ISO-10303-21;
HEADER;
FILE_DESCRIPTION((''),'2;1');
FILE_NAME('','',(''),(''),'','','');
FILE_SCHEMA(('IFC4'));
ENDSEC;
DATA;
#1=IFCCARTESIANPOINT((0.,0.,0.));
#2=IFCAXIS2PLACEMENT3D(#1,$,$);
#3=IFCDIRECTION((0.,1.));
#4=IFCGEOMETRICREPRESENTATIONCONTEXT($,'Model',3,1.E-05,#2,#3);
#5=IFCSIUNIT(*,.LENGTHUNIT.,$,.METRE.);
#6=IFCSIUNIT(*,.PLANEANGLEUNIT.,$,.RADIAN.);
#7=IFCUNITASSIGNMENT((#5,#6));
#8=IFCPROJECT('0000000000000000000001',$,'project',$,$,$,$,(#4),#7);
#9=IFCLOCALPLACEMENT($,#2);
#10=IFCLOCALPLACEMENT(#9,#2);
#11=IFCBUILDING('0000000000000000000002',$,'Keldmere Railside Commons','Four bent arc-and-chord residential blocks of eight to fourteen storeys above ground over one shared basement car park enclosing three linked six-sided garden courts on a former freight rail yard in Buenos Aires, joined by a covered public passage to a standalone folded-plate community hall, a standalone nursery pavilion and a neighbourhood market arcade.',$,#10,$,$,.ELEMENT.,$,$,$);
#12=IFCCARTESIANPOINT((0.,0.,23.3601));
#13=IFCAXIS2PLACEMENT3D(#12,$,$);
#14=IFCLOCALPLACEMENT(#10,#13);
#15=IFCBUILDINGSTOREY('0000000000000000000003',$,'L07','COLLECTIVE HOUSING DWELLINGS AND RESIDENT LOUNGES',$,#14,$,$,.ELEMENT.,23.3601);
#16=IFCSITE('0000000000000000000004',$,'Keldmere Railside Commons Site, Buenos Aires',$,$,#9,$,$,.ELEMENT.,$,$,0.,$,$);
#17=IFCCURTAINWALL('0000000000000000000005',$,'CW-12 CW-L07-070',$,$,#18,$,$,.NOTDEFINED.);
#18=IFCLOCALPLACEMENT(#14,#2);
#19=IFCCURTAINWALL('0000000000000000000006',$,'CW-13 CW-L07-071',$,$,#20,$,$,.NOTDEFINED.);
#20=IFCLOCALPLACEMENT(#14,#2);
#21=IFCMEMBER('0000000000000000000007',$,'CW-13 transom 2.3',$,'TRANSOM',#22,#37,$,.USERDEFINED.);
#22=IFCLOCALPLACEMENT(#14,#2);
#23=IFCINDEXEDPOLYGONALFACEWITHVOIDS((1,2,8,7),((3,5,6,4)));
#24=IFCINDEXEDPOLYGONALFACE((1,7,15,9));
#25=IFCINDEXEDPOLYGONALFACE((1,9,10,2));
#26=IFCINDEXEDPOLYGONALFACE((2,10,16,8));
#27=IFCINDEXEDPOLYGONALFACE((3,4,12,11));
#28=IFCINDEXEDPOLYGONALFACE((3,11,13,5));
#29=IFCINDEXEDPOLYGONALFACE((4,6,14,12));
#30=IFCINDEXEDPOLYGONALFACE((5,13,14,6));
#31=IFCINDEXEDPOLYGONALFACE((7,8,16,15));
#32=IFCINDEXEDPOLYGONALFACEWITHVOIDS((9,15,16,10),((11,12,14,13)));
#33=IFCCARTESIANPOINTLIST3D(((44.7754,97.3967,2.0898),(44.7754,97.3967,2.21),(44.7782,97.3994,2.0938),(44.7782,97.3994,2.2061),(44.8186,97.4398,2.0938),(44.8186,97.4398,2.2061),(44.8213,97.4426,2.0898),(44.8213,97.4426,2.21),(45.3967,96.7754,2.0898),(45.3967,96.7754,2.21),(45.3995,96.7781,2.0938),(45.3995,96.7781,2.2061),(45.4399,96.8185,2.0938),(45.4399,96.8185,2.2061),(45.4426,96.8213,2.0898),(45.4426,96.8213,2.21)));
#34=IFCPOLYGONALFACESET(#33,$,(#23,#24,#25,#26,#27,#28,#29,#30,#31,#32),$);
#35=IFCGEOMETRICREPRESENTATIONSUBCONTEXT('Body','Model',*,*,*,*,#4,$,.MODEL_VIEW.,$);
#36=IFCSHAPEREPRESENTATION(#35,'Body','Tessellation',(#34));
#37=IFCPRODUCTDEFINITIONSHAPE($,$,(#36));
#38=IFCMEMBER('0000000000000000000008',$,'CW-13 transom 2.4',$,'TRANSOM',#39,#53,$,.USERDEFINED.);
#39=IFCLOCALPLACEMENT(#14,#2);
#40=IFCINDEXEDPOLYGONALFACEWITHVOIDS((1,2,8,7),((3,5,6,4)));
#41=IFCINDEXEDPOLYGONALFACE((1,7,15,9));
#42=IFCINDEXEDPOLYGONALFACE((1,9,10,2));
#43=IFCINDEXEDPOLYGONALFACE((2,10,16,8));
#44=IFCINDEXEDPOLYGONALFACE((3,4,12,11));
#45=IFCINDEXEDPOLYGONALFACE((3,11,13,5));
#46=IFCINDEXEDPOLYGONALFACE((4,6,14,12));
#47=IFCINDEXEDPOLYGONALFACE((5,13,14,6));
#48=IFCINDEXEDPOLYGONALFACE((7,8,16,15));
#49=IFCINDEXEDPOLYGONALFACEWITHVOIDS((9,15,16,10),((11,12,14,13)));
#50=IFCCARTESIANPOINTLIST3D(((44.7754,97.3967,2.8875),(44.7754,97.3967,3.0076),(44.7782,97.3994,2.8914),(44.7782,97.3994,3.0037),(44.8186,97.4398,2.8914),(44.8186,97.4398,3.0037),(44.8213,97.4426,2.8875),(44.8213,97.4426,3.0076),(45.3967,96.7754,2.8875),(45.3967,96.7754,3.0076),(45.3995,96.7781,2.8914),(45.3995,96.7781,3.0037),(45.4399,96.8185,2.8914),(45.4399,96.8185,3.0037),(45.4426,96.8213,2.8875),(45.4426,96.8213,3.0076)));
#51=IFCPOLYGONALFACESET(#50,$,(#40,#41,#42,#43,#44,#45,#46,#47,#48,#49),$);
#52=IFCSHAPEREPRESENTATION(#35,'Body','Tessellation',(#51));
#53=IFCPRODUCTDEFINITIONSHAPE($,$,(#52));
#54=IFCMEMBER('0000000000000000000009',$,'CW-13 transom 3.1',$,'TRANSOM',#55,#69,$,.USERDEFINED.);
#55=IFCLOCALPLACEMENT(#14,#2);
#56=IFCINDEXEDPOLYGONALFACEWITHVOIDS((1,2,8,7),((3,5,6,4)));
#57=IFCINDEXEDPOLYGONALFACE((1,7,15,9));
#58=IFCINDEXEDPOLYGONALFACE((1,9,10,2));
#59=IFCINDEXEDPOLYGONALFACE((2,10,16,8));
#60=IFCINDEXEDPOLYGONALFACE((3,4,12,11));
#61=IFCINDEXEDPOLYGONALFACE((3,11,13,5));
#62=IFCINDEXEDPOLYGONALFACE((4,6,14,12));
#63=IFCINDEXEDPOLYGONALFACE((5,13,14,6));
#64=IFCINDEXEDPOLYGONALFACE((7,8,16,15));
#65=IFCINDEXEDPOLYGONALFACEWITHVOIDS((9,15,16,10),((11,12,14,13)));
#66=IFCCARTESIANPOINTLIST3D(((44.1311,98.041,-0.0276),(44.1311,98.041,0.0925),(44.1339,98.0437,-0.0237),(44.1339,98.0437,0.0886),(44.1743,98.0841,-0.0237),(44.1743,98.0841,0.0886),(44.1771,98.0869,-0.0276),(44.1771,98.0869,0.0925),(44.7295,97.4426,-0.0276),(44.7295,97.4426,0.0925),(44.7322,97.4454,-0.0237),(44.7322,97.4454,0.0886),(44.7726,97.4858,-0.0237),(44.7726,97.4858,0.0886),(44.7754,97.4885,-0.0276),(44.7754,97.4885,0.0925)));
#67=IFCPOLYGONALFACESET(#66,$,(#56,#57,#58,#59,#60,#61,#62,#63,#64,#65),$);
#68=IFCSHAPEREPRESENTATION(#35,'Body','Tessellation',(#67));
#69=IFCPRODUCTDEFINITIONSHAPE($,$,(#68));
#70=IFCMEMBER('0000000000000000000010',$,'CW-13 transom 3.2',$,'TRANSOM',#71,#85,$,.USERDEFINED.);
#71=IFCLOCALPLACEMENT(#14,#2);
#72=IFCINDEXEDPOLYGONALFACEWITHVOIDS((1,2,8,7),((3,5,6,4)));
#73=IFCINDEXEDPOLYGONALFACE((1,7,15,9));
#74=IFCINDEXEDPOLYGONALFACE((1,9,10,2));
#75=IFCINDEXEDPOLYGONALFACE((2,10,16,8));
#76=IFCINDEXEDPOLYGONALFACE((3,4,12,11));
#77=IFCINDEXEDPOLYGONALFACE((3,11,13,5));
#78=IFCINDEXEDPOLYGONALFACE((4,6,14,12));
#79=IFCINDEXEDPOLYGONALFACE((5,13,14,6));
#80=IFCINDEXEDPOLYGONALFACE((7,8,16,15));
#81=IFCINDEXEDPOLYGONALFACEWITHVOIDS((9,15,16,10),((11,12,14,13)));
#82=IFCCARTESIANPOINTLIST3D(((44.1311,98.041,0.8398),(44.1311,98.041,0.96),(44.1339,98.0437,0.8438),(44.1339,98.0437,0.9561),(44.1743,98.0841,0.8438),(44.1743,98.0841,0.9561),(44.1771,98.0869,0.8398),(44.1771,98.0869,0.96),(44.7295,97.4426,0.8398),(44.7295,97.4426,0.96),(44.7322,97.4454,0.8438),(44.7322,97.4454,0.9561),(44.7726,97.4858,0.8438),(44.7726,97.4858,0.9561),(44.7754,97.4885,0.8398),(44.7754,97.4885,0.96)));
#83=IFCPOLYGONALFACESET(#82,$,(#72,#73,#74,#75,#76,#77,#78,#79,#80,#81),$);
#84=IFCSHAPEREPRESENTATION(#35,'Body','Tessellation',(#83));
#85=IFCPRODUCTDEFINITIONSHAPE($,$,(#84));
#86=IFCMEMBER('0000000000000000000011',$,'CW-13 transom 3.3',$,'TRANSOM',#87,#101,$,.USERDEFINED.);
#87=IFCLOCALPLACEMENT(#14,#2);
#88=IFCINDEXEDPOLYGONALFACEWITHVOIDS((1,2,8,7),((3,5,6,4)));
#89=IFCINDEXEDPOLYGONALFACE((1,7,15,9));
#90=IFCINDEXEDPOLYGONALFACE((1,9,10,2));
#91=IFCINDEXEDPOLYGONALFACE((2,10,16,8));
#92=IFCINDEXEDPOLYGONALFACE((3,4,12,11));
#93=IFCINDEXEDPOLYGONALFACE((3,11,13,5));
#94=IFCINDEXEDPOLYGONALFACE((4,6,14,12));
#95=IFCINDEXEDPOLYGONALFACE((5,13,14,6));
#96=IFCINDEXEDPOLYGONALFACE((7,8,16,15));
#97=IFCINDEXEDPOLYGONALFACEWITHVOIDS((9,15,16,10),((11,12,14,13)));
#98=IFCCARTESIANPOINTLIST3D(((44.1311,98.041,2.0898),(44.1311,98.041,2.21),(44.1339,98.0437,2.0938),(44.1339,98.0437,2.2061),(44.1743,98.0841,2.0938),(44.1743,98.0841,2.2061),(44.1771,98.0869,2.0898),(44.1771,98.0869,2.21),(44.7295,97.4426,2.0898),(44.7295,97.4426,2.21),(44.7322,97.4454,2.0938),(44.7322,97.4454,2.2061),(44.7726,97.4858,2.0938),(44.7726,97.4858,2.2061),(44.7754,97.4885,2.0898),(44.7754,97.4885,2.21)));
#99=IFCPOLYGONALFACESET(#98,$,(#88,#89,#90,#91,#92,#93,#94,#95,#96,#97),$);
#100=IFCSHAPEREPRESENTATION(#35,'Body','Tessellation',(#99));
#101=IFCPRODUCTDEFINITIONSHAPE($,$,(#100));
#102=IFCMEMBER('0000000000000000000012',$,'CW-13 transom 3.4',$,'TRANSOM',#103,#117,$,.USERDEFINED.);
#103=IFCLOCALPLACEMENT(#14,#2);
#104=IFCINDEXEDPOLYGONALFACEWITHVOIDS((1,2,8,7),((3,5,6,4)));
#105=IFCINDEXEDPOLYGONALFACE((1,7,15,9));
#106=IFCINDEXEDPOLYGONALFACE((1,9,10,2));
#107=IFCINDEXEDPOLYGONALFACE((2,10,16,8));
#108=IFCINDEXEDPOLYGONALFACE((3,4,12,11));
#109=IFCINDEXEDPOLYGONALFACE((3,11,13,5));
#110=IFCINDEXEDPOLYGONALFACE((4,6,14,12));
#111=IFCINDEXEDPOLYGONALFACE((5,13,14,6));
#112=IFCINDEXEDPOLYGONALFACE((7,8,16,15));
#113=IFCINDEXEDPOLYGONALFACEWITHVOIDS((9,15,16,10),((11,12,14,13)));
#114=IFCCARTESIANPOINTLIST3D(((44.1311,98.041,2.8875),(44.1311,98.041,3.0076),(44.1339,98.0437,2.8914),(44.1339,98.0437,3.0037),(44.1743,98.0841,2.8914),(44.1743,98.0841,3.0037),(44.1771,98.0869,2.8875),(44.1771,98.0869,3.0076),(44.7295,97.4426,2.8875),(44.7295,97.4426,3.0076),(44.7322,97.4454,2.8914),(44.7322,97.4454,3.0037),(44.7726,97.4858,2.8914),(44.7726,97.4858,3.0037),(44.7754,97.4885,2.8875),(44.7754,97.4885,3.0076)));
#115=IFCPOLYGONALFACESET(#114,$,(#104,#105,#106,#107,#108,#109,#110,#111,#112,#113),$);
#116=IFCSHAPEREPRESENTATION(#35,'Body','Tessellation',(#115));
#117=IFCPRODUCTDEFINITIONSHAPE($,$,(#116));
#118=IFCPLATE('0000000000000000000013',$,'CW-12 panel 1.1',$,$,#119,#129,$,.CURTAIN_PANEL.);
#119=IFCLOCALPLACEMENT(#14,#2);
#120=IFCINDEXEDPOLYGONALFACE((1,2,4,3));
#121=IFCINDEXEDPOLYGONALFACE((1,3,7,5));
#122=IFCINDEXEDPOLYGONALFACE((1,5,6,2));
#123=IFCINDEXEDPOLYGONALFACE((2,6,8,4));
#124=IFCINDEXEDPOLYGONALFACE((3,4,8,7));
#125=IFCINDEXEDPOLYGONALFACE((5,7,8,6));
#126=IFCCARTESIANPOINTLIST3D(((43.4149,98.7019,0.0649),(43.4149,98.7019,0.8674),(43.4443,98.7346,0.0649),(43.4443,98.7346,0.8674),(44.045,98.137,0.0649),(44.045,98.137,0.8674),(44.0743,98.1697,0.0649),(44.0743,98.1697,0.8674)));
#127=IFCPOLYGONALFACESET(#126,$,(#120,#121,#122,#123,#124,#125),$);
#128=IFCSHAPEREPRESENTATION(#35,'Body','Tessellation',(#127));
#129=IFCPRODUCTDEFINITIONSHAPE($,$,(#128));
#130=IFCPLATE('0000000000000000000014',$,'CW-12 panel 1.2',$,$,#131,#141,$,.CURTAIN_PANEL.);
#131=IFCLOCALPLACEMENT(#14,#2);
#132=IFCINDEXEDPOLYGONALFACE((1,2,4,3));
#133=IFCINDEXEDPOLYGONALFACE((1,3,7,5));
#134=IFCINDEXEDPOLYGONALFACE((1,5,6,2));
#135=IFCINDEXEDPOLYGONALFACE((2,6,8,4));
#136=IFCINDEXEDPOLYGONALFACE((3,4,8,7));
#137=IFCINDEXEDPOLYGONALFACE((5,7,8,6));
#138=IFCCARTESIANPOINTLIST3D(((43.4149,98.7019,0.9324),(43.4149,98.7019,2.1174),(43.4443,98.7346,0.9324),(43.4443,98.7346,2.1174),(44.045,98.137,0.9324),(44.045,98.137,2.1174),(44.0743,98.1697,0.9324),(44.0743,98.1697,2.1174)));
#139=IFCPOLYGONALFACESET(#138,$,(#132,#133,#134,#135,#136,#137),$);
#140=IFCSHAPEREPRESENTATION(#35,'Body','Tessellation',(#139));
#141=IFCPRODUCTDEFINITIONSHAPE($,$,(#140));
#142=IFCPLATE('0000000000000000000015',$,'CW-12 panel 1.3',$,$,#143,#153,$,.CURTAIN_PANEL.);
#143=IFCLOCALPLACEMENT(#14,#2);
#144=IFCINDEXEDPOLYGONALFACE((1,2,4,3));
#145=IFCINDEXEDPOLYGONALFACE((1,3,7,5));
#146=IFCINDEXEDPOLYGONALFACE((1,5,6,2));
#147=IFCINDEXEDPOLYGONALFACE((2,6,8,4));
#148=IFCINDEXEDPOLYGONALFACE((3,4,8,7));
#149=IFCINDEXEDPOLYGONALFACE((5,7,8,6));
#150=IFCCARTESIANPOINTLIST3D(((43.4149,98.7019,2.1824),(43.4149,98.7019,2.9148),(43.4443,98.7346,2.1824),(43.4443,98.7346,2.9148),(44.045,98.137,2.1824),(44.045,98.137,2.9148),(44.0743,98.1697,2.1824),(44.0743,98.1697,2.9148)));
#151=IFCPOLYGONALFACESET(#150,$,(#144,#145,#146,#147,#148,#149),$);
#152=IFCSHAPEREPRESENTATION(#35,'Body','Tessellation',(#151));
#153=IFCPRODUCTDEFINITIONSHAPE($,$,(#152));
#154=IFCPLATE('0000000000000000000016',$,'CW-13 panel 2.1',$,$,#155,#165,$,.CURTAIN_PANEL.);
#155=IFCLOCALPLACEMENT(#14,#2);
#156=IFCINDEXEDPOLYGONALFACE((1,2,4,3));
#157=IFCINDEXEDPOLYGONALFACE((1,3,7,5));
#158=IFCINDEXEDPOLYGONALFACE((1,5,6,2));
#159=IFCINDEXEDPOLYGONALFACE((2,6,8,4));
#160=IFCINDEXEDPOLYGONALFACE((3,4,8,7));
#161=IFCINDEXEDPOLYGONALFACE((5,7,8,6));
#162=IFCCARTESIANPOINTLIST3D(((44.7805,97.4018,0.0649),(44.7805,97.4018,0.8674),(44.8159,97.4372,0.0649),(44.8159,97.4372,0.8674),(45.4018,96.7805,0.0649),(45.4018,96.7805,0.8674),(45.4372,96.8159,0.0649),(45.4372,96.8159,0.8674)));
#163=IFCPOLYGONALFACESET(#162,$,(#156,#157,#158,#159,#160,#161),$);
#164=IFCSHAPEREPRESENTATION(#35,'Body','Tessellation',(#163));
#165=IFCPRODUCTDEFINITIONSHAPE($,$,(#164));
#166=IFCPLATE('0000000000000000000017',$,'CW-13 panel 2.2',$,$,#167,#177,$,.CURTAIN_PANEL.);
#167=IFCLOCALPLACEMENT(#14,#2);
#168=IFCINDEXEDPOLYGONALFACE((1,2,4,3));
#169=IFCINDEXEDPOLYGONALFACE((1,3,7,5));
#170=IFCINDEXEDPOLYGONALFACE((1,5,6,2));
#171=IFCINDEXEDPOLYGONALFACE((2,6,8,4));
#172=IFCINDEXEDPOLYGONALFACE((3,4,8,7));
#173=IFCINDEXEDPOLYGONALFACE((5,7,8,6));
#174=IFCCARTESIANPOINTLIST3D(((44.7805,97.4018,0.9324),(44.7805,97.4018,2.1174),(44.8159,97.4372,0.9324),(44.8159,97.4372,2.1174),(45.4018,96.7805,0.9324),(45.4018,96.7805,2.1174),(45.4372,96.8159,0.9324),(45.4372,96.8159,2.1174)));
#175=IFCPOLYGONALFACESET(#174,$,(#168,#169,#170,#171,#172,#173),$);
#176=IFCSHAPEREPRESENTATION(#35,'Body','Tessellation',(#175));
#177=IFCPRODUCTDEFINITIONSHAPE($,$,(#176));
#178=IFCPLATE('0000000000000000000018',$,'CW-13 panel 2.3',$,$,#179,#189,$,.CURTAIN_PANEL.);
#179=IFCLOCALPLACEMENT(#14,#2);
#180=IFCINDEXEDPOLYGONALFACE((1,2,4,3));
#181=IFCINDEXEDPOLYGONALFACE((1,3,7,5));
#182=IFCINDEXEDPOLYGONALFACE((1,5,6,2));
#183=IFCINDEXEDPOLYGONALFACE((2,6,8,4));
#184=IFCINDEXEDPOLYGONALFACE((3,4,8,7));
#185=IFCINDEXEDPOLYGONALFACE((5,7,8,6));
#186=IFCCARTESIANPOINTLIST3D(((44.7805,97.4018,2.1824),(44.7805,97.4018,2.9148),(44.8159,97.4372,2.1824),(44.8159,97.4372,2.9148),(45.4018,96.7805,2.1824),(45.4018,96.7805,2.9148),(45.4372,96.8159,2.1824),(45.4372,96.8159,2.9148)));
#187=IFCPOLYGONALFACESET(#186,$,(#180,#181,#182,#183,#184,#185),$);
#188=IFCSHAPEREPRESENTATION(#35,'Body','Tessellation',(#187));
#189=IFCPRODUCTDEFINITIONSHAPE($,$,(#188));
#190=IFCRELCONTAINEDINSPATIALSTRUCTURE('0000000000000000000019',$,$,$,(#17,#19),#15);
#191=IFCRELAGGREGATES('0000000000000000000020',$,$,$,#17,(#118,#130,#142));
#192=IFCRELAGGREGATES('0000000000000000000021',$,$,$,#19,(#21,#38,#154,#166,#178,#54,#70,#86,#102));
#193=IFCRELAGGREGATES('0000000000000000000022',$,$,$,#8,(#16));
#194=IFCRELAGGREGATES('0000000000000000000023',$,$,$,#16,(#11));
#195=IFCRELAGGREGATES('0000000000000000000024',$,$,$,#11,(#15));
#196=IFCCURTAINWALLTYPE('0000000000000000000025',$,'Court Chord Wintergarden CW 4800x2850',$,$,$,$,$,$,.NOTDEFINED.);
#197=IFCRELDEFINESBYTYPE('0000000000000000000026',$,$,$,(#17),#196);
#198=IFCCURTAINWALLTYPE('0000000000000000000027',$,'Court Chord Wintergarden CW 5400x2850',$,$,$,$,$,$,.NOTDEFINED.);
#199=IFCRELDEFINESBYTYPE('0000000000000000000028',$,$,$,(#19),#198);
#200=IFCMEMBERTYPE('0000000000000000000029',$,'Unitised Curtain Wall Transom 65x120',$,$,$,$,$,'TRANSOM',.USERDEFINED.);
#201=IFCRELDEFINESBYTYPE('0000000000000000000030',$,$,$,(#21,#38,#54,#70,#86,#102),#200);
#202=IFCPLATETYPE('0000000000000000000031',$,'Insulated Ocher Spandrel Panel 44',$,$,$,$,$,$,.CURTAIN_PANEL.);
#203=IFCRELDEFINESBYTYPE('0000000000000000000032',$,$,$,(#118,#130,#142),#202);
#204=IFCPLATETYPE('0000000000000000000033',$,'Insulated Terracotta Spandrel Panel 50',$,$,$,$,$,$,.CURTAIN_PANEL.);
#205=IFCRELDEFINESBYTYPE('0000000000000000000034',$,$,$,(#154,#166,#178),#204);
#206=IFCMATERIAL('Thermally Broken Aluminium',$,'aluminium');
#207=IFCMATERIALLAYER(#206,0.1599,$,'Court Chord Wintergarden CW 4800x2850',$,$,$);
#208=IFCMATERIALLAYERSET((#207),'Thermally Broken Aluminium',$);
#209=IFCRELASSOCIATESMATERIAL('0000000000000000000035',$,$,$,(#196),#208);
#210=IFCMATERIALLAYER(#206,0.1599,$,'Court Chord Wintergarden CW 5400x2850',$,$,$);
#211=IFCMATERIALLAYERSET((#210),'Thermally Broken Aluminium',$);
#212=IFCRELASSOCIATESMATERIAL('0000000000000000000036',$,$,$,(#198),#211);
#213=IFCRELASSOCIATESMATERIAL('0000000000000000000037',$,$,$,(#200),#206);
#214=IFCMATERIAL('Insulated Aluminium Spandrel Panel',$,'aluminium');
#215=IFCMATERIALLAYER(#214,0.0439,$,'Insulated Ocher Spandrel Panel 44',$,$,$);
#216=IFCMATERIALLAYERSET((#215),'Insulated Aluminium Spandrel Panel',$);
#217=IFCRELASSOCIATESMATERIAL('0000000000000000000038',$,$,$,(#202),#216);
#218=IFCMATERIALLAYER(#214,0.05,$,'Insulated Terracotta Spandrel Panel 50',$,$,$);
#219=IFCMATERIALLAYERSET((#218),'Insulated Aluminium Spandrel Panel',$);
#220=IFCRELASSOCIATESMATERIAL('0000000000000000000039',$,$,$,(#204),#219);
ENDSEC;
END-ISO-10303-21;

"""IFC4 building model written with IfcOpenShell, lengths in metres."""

from ifc_helpers import new_model, si_unit, direction, frame, origin, origin_2d, place, context, subcontext, project, spatial, rectangle, hollow_rectangle, extrude, material, layer, layer_set, material_profile, profile_set, type_object, element, aggregate, save


model = new_model("IFC4")

# Units and contexts
model_context = context("Model", 3, precision=1e-05, world=origin(), true_north=direction((0.0, 1.0)))
body_context = subcontext(model_context, "Body", "Model", "MODEL_VIEW")
ifc_project = project(units=[si_unit("LENGTHUNIT", "METRE"), si_unit("PLANEANGLEUNIT", "RADIAN")], contexts=[model_context])

# Site, building, storey
site_placement = place(None, origin())
site = spatial("IfcSite", under=ifc_project, at=site_placement, Name="Keldmere Railside Commons Site, Buenos Aires", CompositionType="ELEMENT", RefElevation=0.0)
building_placement = place(site_placement, origin())
building = spatial("IfcBuilding", under=site, at=building_placement, Name="Keldmere Railside Commons", Description="Four bent arc-and-chord residential blocks of eight to fourteen storeys above ground over one shared basement car park enclosing three linked six-sided garden courts on a former freight rail yard in Buenos Aires, joined by a covered public passage to a standalone folded-plate community hall, a standalone nursery pavilion and a neighbourhood market arcade.", CompositionType="ELEMENT")
storey_placement = place(building_placement, frame((0.0, 0.0, 23.3601)))
storey = spatial("IfcBuildingStorey", under=building, at=storey_placement, Name="L07", Description="COLLECTIVE HOUSING DWELLINGS AND RESIDENT LOUNGES", CompositionType="ELEMENT", Elevation=23.3601)

# Curtain walls
ifc_material_1 = material(Name="Thermally Broken Aluminium", Category="aluminium")
ifc_layer_1 = layer(ifc_material_1, 0.1599, Name="Court Chord Wintergarden CW 4800x2850")
ifc_layer_set_1 = layer_set([ifc_layer_1], Name="Thermally Broken Aluminium")
curtain_wall_type_1 = type_object("IfcCurtainWallType", Name="Court Chord Wintergarden CW 4800x2850", PredefinedType="NOTDEFINED", material=ifc_layer_set_1)
curtain_wall_1_placement = place(storey_placement, origin())
curtain_wall_1 = element("IfcCurtainWall", 1, at=curtain_wall_1_placement, inside=storey, type_object=curtain_wall_type_1, Name="CW-12 CW-L07-070", PredefinedType="NOTDEFINED")
ifc_layer_2 = layer(ifc_material_1, 0.1599, Name="Court Chord Wintergarden CW 5400x2850")
ifc_layer_set_2 = layer_set([ifc_layer_2], Name="Thermally Broken Aluminium")
curtain_wall_type_2 = type_object("IfcCurtainWallType", Name="Court Chord Wintergarden CW 5400x2850", PredefinedType="NOTDEFINED", material=ifc_layer_set_2)
curtain_wall_2_placement = place(storey_placement, origin())
curtain_wall_2 = element("IfcCurtainWall", 2, at=curtain_wall_2_placement, inside=storey, type_object=curtain_wall_type_2, Name="CW-13 CW-L07-071", PredefinedType="NOTDEFINED")

# Members
ifc_material_profile_1 = material_profile(ifc_material_1, hollow_rectangle(XDim=0.0649, YDim=0.1201, WallThickness=0.0039, at=origin_2d()), Name="ALU-TRAN-65x120")
ifc_profile_set_1 = profile_set([ifc_material_profile_1], Name="Thermally Broken Aluminium")
member_type_1 = type_object("IfcMemberType", Name="Unitised Curtain Wall Transom 65x120", ElementType="TRANSOM", PredefinedType="USERDEFINED", material=ifc_profile_set_1)
member_1_placement = place(storey_placement, frame((45.4197, 96.7983, 2.1499), z_axis=(-0.707107, 0.707107, 0.0), x_axis=(-0.707107, -0.707107, 0.0)))
member_1 = element("IfcMember", 3, at=member_1_placement, type_object=member_type_1, Name="CW-13 transom 2.3", ObjectType="TRANSOM", PredefinedType="USERDEFINED", context=body_context, shape_type="SweptSolid", body=[
    extrude(hollow_rectangle(XDim=0.0649, YDim=0.1201, WallThickness=0.0039, at=origin_2d()), origin(), (0.0, 0.0, 1.0), 0.8787),
])
member_2_placement = place(storey_placement, frame((45.4197, 96.7983, 2.9475), z_axis=(-0.707107, 0.707107, 0.0), x_axis=(-0.707107, -0.707107, 0.0)))
member_2 = element("IfcMember", 4, at=member_2_placement, type_object=member_type_1, Name="CW-13 transom 2.4", ObjectType="TRANSOM", PredefinedType="USERDEFINED", context=body_context, shape_type="SweptSolid", body=[
    extrude(hollow_rectangle(XDim=0.0649, YDim=0.1201, WallThickness=0.0039, at=origin_2d()), origin(), (0.0, 0.0, 1.0), 0.8787),
])
member_3_placement = place(storey_placement, frame((44.7524, 97.4656, 0.0325), z_axis=(-0.707107, 0.707107, 0.0), x_axis=(-0.707107, -0.707107, 0.0)))
member_3 = element("IfcMember", 5, at=member_3_placement, type_object=member_type_1, Name="CW-13 transom 3.1", ObjectType="TRANSOM", PredefinedType="USERDEFINED", context=body_context, shape_type="SweptSolid", body=[
    extrude(hollow_rectangle(XDim=0.0649, YDim=0.1201, WallThickness=0.0039, at=origin_2d()), origin(), (0.0, 0.0, 1.0), 0.8462),
])
member_4_placement = place(storey_placement, frame((44.7524, 97.4656, 0.8999), z_axis=(-0.707107, 0.707107, 0.0), x_axis=(-0.707107, -0.707107, 0.0)))
member_4 = element("IfcMember", 6, at=member_4_placement, type_object=member_type_1, Name="CW-13 transom 3.2", ObjectType="TRANSOM", PredefinedType="USERDEFINED", context=body_context, shape_type="SweptSolid", body=[
    extrude(hollow_rectangle(XDim=0.0649, YDim=0.1201, WallThickness=0.0039, at=origin_2d()), origin(), (0.0, 0.0, 1.0), 0.8462),
])
member_5_placement = place(storey_placement, frame((44.7524, 97.4656, 2.1499), z_axis=(-0.707107, 0.707107, 0.0), x_axis=(-0.707107, -0.707107, 0.0)))
member_5 = element("IfcMember", 7, at=member_5_placement, type_object=member_type_1, Name="CW-13 transom 3.3", ObjectType="TRANSOM", PredefinedType="USERDEFINED", context=body_context, shape_type="SweptSolid", body=[
    extrude(hollow_rectangle(XDim=0.0649, YDim=0.1201, WallThickness=0.0039, at=origin_2d()), origin(), (0.0, 0.0, 1.0), 0.8462),
])
member_6_placement = place(storey_placement, frame((44.7524, 97.4656, 2.9475), z_axis=(-0.707107, 0.707107, 0.0), x_axis=(-0.707107, -0.707107, 0.0)))
member_6 = element("IfcMember", 8, at=member_6_placement, type_object=member_type_1, Name="CW-13 transom 3.4", ObjectType="TRANSOM", PredefinedType="USERDEFINED", context=body_context, shape_type="SweptSolid", body=[
    extrude(hollow_rectangle(XDim=0.0649, YDim=0.1201, WallThickness=0.0039, at=origin_2d()), origin(), (0.0, 0.0, 1.0), 0.8462),
])

# Plates
ifc_material_2 = material(Name="Insulated Aluminium Spandrel Panel", Category="aluminium")
ifc_layer_3 = layer(ifc_material_2, 0.0439, Name="Insulated Ocher Spandrel Panel 44")
ifc_layer_set_3 = layer_set([ifc_layer_3], Name="Insulated Aluminium Spandrel Panel")
plate_type_1 = type_object("IfcPlateType", Name="Insulated Ocher Spandrel Panel 44", PredefinedType="CURTAIN_PANEL", material=ifc_layer_set_3)
plate_1_placement = place(storey_placement, frame((43.7446, 98.4358, 0.0649), z_axis=(0.0, 0.0, 1.0), x_axis=(-0.744557, 0.667559, 0.0)))
plate_1 = element("IfcPlate", 9, at=plate_1_placement, type_object=plate_type_1, Name="CW-12 panel 1.1", PredefinedType="CURTAIN_PANEL", context=body_context, shape_type="SweptSolid", body=[
    extrude(rectangle(XDim=0.8462, YDim=0.0439, at=origin_2d()), origin(), (0.0, 0.0, 1.0), 0.8025),
])
plate_2_placement = place(storey_placement, frame((43.7446, 98.4358, 0.9324), z_axis=(0.0, 0.0, 1.0), x_axis=(-0.744557, 0.667559, 0.0)))
plate_2 = element("IfcPlate", 10, at=plate_2_placement, type_object=plate_type_1, Name="CW-12 panel 1.2", PredefinedType="CURTAIN_PANEL", context=body_context, shape_type="SweptSolid", body=[
    extrude(rectangle(XDim=0.8462, YDim=0.0439, at=origin_2d()), origin(), (0.0, 0.0, 1.0), 1.1851),
])
plate_3_placement = place(storey_placement, frame((43.7446, 98.4358, 2.1824), z_axis=(0.0, 0.0, 1.0), x_axis=(-0.744557, 0.667559, 0.0)))
plate_3 = element("IfcPlate", 11, at=plate_3_placement, type_object=plate_type_1, Name="CW-12 panel 1.3", PredefinedType="CURTAIN_PANEL", context=body_context, shape_type="SweptSolid", body=[
    extrude(rectangle(XDim=0.8462, YDim=0.0439, at=origin_2d()), origin(), (0.0, 0.0, 1.0), 0.7324),
])
aggregate(curtain_wall_1, [plate_1, plate_2, plate_3])
ifc_layer_4 = layer(ifc_material_2, 0.05, Name="Insulated Terracotta Spandrel Panel 50")
ifc_layer_set_4 = layer_set([ifc_layer_4], Name="Insulated Aluminium Spandrel Panel")
plate_type_2 = type_object("IfcPlateType", Name="Insulated Terracotta Spandrel Panel 50", PredefinedType="CURTAIN_PANEL", material=ifc_layer_set_4)
plate_4_placement = place(storey_placement, frame((45.1089, 97.1089, 0.0649), z_axis=(0.0, 0.0, 1.0), x_axis=(-0.707107, 0.707107, 0.0)))
plate_4 = element("IfcPlate", 12, at=plate_4_placement, type_object=plate_type_2, Name="CW-13 panel 2.1", PredefinedType="CURTAIN_PANEL", context=body_context, shape_type="SweptSolid", body=[
    extrude(rectangle(XDim=0.8787, YDim=0.05, at=origin_2d()), origin(), (0.0, 0.0, 1.0), 0.8025),
])
plate_5_placement = place(storey_placement, frame((45.1089, 97.1089, 0.9324), z_axis=(0.0, 0.0, 1.0), x_axis=(-0.707107, 0.707107, 0.0)))
plate_5 = element("IfcPlate", 13, at=plate_5_placement, type_object=plate_type_2, Name="CW-13 panel 2.2", PredefinedType="CURTAIN_PANEL", context=body_context, shape_type="SweptSolid", body=[
    extrude(rectangle(XDim=0.8787, YDim=0.05, at=origin_2d()), origin(), (0.0, 0.0, 1.0), 1.1851),
])
plate_6_placement = place(storey_placement, frame((45.1089, 97.1089, 2.1824), z_axis=(0.0, 0.0, 1.0), x_axis=(-0.707107, 0.707107, 0.0)))
plate_6 = element("IfcPlate", 14, at=plate_6_placement, type_object=plate_type_2, Name="CW-13 panel 2.3", PredefinedType="CURTAIN_PANEL", context=body_context, shape_type="SweptSolid", body=[
    extrude(rectangle(XDim=0.8787, YDim=0.05, at=origin_2d()), origin(), (0.0, 0.0, 1.0), 0.7324),
])
aggregate(curtain_wall_2, [member_1, member_2, plate_4, plate_5, plate_6, member_3, member_4, member_5, member_6])

save(model, "model.ifc")
